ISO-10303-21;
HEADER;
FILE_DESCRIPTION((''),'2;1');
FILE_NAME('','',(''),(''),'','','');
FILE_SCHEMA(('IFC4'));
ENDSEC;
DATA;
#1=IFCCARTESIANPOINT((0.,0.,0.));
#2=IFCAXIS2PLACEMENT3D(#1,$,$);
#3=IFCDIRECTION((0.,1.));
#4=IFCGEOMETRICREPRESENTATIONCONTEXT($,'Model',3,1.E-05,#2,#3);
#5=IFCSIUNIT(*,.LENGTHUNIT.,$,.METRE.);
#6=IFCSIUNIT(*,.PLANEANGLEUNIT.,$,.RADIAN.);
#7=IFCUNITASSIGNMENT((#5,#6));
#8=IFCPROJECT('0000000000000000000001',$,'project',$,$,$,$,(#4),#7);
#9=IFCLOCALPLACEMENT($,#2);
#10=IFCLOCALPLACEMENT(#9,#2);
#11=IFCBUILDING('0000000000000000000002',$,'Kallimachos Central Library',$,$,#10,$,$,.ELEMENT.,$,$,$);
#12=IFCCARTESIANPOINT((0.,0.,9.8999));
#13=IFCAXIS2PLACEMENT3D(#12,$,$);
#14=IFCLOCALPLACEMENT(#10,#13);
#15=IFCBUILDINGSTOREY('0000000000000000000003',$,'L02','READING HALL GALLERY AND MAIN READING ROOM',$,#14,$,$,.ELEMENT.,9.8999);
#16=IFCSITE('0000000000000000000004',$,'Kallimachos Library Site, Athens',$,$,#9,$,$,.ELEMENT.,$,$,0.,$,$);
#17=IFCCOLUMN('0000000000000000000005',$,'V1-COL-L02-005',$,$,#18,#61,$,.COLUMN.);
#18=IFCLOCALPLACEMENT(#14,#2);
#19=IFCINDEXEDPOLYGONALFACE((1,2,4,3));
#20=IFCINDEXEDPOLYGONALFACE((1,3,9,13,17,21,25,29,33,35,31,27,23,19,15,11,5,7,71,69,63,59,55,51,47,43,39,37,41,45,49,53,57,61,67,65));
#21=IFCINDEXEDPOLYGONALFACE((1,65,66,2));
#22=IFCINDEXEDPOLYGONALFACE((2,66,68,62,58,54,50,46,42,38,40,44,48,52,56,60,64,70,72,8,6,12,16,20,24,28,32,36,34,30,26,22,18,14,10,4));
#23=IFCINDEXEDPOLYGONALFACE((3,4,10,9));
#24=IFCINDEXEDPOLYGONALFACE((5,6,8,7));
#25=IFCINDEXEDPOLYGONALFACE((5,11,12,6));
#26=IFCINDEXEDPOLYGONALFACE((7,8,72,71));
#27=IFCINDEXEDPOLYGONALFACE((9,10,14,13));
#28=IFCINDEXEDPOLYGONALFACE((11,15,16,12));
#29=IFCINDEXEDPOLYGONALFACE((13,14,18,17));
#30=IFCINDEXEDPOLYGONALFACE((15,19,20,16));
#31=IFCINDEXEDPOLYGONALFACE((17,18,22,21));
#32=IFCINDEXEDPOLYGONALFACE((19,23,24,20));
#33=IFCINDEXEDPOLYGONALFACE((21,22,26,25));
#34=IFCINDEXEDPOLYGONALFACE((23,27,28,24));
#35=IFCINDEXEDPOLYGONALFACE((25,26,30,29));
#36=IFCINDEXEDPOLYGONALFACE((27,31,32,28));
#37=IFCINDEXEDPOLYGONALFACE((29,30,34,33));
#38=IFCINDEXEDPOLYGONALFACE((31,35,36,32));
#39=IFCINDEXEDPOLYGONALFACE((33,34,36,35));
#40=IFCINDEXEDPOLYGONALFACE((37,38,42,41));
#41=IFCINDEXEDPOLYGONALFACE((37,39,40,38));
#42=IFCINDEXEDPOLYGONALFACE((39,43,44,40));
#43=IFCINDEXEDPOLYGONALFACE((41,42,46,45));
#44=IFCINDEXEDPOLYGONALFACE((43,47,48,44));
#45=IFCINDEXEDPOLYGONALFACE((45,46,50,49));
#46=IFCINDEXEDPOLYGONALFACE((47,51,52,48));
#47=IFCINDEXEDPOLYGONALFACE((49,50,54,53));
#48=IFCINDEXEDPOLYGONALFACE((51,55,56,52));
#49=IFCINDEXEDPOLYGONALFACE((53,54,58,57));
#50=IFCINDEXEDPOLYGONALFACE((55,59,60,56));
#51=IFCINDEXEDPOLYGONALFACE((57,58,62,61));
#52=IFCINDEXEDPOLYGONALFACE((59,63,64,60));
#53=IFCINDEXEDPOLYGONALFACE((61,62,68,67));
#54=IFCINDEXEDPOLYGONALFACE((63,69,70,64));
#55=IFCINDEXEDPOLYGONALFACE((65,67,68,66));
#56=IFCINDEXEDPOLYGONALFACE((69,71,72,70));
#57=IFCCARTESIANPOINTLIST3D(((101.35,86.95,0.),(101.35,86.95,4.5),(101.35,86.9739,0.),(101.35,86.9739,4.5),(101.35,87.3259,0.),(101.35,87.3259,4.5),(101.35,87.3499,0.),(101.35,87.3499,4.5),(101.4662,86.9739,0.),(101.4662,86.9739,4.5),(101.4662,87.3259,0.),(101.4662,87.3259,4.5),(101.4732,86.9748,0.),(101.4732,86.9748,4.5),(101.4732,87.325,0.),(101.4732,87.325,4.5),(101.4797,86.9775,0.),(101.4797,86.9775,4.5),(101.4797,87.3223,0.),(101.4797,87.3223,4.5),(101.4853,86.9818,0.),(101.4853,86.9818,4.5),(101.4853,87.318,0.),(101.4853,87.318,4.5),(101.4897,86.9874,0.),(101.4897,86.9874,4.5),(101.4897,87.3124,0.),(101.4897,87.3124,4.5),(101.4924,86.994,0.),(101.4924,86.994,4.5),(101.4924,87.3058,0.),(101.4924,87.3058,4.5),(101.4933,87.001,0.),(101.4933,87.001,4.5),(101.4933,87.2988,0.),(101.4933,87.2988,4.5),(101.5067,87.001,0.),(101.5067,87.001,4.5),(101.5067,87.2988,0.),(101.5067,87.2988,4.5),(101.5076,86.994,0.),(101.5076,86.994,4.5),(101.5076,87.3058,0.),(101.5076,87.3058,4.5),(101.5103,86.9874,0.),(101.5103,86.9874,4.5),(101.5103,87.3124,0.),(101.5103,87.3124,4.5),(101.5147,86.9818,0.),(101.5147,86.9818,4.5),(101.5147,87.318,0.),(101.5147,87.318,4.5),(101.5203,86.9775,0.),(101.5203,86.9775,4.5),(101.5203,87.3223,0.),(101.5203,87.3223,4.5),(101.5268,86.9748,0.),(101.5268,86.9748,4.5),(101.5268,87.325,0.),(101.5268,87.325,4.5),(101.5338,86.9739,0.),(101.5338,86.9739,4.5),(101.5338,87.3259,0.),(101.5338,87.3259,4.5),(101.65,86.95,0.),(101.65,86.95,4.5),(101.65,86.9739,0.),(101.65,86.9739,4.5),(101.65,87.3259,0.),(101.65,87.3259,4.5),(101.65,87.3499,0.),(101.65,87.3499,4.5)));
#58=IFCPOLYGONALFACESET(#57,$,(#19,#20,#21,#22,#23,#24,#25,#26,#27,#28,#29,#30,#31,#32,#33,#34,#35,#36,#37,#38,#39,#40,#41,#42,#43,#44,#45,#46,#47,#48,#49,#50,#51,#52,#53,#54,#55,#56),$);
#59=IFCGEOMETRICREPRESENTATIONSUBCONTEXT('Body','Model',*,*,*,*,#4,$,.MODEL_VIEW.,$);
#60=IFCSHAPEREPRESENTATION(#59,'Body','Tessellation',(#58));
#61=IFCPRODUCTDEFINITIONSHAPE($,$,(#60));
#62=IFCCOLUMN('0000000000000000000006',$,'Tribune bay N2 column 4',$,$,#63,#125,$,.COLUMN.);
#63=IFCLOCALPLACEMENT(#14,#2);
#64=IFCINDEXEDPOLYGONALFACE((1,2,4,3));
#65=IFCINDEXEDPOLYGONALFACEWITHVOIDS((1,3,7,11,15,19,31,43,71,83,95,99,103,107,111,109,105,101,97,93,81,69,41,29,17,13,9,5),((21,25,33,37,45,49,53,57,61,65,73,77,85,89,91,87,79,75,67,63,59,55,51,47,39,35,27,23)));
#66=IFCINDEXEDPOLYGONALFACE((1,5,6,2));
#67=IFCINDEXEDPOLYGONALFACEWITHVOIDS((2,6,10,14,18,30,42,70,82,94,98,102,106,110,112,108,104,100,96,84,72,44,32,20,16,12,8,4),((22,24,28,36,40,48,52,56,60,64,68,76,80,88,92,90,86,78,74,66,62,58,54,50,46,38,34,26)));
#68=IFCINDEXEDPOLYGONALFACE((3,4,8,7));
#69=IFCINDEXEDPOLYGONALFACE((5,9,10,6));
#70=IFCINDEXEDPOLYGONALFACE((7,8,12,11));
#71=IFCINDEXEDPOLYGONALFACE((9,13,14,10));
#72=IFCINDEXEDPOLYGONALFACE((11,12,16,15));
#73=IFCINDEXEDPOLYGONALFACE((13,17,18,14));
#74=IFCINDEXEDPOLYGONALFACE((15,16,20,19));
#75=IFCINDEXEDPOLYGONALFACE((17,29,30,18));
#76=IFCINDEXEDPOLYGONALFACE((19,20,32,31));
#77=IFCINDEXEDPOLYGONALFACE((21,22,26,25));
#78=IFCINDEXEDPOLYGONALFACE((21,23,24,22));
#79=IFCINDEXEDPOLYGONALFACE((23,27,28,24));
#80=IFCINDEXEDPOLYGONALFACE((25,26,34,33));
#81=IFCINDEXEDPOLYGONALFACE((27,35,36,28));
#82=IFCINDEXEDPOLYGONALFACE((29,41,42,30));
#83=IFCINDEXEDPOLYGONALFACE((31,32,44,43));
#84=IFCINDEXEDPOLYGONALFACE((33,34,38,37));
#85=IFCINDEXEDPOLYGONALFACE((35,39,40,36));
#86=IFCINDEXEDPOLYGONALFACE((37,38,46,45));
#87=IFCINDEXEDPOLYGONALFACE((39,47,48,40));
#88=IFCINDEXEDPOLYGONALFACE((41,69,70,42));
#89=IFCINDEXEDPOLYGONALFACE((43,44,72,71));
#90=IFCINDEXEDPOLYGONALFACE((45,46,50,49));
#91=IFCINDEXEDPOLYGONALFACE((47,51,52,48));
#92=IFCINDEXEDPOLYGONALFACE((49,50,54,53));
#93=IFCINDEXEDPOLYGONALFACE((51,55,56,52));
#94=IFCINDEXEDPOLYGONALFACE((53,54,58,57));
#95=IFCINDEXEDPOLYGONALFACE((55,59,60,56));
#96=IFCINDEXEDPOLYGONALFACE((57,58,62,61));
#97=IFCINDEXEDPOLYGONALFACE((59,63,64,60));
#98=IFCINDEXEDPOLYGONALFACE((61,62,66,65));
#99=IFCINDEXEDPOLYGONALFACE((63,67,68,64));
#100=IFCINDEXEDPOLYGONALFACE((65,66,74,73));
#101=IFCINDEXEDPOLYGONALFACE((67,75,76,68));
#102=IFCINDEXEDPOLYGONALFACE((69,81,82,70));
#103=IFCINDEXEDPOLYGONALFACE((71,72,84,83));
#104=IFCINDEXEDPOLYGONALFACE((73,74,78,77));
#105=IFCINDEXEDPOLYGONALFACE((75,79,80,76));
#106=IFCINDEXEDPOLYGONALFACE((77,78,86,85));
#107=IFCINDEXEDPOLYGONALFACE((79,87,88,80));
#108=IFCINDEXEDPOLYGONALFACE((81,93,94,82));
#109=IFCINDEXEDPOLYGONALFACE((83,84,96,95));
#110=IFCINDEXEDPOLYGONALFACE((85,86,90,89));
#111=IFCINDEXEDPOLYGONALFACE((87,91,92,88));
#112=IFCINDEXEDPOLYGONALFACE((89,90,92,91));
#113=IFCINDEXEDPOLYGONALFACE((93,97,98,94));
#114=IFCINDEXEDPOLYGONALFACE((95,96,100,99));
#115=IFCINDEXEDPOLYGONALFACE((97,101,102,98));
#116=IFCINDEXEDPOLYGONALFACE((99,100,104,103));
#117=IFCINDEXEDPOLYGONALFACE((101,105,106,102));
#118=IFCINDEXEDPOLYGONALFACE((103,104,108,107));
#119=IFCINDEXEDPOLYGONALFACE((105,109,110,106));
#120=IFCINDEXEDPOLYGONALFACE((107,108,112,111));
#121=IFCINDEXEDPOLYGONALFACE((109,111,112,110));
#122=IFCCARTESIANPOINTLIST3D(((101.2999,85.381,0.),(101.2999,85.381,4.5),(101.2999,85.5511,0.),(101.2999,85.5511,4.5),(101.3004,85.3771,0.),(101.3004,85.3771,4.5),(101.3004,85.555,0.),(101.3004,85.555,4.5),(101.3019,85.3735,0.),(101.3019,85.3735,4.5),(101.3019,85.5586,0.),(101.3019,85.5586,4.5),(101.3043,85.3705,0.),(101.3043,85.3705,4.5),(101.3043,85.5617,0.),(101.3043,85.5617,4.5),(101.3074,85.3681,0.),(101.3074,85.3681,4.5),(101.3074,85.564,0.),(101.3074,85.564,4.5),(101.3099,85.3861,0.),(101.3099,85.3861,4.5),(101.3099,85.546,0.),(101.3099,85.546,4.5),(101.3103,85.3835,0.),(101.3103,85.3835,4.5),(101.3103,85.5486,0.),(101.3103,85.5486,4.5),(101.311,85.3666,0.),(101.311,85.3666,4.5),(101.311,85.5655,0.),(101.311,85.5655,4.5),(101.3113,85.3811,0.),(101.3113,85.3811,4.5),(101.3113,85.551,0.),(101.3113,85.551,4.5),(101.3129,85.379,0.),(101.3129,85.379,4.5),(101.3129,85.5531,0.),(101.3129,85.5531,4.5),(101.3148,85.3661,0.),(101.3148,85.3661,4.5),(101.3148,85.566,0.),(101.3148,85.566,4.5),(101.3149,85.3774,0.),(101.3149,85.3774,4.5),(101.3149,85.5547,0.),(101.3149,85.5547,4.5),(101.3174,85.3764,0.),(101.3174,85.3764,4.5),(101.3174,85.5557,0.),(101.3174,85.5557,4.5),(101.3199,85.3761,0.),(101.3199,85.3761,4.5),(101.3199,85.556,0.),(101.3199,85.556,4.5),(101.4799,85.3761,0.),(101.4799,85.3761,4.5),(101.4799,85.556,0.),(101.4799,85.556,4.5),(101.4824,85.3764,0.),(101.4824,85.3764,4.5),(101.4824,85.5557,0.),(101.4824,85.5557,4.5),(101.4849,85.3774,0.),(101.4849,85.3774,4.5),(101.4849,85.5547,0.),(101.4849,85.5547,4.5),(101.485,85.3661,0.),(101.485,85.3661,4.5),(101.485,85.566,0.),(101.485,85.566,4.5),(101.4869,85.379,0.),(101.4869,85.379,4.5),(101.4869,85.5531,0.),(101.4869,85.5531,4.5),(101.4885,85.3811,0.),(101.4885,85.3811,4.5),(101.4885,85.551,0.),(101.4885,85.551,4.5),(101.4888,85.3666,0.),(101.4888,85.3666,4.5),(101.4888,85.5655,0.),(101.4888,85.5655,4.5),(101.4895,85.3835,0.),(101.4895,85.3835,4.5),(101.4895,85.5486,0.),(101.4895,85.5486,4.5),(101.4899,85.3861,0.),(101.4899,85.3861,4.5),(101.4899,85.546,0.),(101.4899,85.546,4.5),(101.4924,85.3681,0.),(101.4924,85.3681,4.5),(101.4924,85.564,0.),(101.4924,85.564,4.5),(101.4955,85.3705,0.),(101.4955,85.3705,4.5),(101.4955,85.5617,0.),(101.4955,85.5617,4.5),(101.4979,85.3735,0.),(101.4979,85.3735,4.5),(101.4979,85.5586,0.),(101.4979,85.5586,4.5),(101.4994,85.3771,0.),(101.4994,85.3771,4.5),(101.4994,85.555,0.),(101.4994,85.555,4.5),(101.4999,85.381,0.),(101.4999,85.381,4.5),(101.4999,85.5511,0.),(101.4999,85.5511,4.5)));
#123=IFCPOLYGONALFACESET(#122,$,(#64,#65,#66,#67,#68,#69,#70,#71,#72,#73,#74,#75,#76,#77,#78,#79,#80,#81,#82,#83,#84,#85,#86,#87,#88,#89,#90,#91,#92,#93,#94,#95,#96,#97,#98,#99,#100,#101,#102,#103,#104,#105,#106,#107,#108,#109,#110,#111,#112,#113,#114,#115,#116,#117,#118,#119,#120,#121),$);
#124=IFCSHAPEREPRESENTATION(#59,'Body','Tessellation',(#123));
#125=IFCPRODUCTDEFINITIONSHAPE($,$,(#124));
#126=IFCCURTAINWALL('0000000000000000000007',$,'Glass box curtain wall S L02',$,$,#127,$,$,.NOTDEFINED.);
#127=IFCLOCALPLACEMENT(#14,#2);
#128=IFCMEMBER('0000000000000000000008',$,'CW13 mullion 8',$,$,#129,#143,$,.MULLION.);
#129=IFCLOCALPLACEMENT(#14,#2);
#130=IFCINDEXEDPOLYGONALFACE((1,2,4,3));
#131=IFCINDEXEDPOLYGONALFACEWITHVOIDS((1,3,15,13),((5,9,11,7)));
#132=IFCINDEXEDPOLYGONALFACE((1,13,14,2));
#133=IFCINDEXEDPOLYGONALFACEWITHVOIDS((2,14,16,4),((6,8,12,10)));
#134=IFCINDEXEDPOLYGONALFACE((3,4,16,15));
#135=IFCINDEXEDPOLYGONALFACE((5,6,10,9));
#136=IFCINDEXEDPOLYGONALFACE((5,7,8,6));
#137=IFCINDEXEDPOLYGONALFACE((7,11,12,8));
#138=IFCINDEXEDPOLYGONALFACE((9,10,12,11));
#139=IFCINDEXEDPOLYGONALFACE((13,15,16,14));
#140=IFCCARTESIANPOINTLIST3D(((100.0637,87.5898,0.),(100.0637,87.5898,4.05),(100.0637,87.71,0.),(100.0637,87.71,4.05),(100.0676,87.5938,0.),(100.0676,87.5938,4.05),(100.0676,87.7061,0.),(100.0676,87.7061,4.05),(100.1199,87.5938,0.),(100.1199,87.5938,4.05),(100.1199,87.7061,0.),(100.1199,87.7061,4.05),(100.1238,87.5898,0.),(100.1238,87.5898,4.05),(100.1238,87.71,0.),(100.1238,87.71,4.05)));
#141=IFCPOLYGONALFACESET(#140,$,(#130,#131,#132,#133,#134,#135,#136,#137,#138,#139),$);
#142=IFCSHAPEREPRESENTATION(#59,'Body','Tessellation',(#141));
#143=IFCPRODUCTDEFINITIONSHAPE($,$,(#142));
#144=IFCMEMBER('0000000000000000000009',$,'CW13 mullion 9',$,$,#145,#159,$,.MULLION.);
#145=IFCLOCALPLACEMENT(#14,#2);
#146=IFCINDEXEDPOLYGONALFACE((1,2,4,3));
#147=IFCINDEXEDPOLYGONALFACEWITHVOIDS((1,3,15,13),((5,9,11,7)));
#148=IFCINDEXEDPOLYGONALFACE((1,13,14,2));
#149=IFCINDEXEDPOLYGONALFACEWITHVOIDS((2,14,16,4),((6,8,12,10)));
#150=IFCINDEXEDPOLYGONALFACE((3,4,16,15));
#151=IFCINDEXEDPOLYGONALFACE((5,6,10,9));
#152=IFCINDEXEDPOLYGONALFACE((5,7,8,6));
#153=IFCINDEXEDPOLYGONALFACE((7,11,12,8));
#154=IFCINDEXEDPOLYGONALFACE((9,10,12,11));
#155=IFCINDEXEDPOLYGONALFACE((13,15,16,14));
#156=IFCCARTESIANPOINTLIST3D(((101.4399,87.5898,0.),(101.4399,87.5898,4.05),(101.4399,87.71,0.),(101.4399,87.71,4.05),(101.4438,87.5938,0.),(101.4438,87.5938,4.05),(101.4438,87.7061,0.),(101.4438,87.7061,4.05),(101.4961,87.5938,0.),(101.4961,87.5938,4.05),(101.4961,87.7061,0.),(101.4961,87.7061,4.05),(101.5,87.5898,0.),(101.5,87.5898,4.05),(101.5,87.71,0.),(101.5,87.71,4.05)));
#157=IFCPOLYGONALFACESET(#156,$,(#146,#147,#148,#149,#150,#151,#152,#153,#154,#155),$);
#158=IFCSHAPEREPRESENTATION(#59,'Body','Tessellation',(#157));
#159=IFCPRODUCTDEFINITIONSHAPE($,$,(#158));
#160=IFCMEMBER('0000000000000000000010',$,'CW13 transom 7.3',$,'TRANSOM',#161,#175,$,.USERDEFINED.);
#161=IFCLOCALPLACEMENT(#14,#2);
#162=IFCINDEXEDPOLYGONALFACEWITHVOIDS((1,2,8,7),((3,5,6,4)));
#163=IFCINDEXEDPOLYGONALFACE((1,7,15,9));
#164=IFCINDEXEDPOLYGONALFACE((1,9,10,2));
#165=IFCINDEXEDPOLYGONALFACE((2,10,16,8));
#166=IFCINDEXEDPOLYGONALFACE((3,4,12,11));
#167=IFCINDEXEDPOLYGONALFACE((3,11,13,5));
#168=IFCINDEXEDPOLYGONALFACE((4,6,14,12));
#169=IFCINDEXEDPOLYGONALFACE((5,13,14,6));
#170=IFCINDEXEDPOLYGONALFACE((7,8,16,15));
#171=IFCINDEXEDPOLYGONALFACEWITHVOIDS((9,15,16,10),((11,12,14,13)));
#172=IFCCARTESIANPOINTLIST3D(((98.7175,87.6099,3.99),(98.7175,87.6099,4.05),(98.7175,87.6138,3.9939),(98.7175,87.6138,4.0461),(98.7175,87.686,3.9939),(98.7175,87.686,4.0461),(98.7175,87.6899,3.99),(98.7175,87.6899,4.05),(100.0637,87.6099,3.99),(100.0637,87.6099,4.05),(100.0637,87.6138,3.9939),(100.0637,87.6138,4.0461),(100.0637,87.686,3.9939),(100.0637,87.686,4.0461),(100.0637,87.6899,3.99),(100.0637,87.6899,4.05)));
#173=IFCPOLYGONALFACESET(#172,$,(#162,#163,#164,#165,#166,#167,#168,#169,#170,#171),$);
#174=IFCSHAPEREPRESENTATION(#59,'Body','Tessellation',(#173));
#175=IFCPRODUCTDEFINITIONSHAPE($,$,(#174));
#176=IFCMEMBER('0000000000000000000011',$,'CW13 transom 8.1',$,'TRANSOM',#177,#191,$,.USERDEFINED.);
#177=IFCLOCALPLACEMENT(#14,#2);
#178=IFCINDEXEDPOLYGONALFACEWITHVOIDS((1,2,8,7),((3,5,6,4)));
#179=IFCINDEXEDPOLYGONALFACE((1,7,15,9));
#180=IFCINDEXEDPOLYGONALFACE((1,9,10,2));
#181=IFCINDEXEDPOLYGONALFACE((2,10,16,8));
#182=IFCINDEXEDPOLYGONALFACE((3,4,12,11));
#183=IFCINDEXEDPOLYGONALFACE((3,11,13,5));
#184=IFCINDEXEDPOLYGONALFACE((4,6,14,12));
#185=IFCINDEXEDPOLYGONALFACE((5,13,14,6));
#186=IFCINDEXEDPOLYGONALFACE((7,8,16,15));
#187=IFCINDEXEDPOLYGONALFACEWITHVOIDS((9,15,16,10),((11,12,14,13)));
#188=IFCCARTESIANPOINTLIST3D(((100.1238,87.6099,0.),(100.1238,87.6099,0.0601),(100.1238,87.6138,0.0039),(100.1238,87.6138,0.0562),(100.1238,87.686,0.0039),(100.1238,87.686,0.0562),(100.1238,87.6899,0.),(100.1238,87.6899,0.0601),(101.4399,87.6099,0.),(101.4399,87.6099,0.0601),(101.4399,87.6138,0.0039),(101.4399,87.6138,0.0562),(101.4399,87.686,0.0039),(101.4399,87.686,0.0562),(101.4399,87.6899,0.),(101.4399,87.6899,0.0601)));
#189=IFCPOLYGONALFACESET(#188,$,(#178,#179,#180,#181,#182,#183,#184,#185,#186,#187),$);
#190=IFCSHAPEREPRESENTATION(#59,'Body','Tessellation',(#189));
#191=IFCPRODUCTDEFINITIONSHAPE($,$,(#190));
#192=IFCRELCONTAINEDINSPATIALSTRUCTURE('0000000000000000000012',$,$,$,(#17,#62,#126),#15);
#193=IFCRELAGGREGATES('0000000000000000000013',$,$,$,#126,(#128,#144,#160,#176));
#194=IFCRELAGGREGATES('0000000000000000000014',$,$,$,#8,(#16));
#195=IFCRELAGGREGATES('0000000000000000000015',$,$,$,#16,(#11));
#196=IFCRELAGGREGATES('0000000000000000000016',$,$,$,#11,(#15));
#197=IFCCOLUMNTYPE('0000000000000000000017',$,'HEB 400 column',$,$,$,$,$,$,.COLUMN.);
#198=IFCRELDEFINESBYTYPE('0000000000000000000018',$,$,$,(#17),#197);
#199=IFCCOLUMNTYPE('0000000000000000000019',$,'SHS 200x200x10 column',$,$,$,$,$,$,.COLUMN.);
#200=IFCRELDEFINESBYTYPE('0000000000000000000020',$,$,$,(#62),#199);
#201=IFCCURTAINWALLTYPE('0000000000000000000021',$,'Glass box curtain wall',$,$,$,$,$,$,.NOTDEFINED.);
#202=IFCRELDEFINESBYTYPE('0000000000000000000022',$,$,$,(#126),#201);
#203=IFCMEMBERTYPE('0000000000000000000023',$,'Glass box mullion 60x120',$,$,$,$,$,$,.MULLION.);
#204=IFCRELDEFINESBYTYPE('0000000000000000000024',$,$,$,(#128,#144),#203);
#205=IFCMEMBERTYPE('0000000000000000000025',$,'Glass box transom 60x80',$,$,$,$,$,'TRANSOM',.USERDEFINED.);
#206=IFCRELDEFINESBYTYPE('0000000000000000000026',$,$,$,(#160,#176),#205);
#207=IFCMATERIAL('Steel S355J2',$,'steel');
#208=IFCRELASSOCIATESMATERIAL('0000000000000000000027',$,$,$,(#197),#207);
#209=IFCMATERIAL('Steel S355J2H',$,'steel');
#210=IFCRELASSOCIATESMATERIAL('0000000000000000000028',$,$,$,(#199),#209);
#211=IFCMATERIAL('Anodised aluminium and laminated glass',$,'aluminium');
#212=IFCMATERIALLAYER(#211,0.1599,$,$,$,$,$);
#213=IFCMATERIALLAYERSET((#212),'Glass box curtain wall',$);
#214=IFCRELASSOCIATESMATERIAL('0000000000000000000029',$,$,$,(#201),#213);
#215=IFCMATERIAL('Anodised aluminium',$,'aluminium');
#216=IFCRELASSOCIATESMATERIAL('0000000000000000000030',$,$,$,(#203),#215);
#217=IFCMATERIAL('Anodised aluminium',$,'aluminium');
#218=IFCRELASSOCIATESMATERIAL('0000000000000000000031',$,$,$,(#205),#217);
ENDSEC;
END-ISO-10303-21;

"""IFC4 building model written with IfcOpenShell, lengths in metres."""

from ifc_helpers import new_model, si_unit, direction, frame, origin, origin_2d, place, context, subcontext, project, spatial, hollow_rectangle, i_section, extrude, material, layer, layer_set, material_profile, profile_set, type_object, element, aggregate, save


model = new_model("IFC4")

# Units and contexts
model_context = context("Model", 3, precision=1e-05, world=origin(), true_north=direction((0.0, 1.0)))
body_context = subcontext(model_context, "Body", "Model", "MODEL_VIEW")
ifc_project = project(units=[si_unit("LENGTHUNIT", "METRE"), si_unit("PLANEANGLEUNIT", "RADIAN")], contexts=[model_context])

# Site, building, storey
site_placement = place(None, origin())
site = spatial("IfcSite", under=ifc_project, at=site_placement, Name="Kallimachos Library Site, Athens", CompositionType="ELEMENT", RefElevation=0.0)
building_placement = place(site_placement, origin())
building = spatial("IfcBuilding", under=site, at=building_placement, Name="Kallimachos Central Library", CompositionType="ELEMENT")
storey_placement = place(building_placement, frame((0.0, 0.0, 9.8999)))
storey = spatial("IfcBuildingStorey", under=building, at=storey_placement, Name="L02", Description="READING HALL GALLERY AND MAIN READING ROOM", CompositionType="ELEMENT", Elevation=9.8999)

# Columns
ifc_material_1 = material(Name="Steel S355J2", Category="steel")
ifc_material_profile_1 = material_profile(ifc_material_1, i_section(OverallWidth=0.3, OverallDepth=0.3999, WebThickness=0.0134, FlangeThickness=0.0239, FilletRadius=0.0271, at=origin_2d()), Name="HEB 400")
ifc_profile_set_1 = profile_set([ifc_material_profile_1], Name="Steel S355J2")
column_type_1 = type_object("IfcColumnType", Name="HEB 400 column", PredefinedType="COLUMN", material=ifc_profile_set_1)
column_1_placement = place(storey_placement, frame((101.5, 87.1499, 0.0), z_axis=(0.0, 0.0, 1.0), x_axis=(1.0, 0.0, 0.0)))
element("IfcColumn", 1, at=column_1_placement, inside=storey, type_object=column_type_1, Name="V1-COL-L02-005", PredefinedType="COLUMN", context=body_context, shape_type="SweptSolid", body=[
    extrude(i_section(OverallWidth=0.3, OverallDepth=0.3999, WebThickness=0.0134, FlangeThickness=0.0239, FilletRadius=0.0271, at=origin_2d()), origin(), (0.0, 0.0, 1.0), 4.5),
])
ifc_material_2 = material(Name="Steel S355J2H", Category="steel")
ifc_material_profile_2 = material_profile(ifc_material_2, hollow_rectangle(XDim=0.2, YDim=0.2, WallThickness=0.01, InnerFilletRadius=0.01, OuterFilletRadius=0.0149, at=origin_2d()), Name="SHS 200x200x10")
ifc_profile_set_2 = profile_set([ifc_material_profile_2], Name="Steel S355J2H")
column_type_2 = type_object("IfcColumnType", Name="SHS 200x200x10 column", PredefinedType="COLUMN", material=ifc_profile_set_2)
column_2_placement = place(storey_placement, frame((101.3999, 85.4661, 0.0), z_axis=(0.0, 0.0, 1.0), x_axis=(1.0, 0.0, 0.0)))
element("IfcColumn", 2, at=column_2_placement, inside=storey, type_object=column_type_2, Name="Tribune bay N2 column 4", PredefinedType="COLUMN", context=body_context, shape_type="SweptSolid", body=[
    extrude(hollow_rectangle(XDim=0.2, YDim=0.2, WallThickness=0.01, InnerFilletRadius=0.01, OuterFilletRadius=0.0149, at=origin_2d()), origin(), (0.0, 0.0, 1.0), 4.5),
])

# Curtain wall, members
ifc_material_3 = material(Name="Anodised aluminium and laminated glass", Category="aluminium")
ifc_layer_1 = layer(ifc_material_3, 0.1599)
ifc_layer_set_1 = layer_set([ifc_layer_1], Name="Glass box curtain wall")
curtain_wall_type_1 = type_object("IfcCurtainWallType", Name="Glass box curtain wall", PredefinedType="NOTDEFINED", material=ifc_layer_set_1)
curtain_wall_1_placement = place(storey_placement, origin())
curtain_wall_1 = element("IfcCurtainWall", 3, at=curtain_wall_1_placement, inside=storey, type_object=curtain_wall_type_1, Name="Glass box curtain wall S L02", PredefinedType="NOTDEFINED")
ifc_material_4 = material(Name="Anodised aluminium", Category="aluminium")
ifc_material_profile_3 = material_profile(ifc_material_4, hollow_rectangle(XDim=0.0601, YDim=0.1201, WallThickness=0.0039, at=origin_2d()), Name="ALU MULLION 60x120")
ifc_profile_set_3 = profile_set([ifc_material_profile_3], Name="Anodised aluminium")
member_type_1 = type_object("IfcMemberType", Name="Glass box mullion 60x120", PredefinedType="MULLION", material=ifc_profile_set_3)
member_1_placement = place(storey_placement, frame((100.0938, 87.6499, 0.0), z_axis=(0.0, 0.0, 1.0), x_axis=(1.0, 0.0, 0.0)))
member_1 = element("IfcMember", 4, at=member_1_placement, type_object=member_type_1, Name="CW13 mullion 8", PredefinedType="MULLION", context=body_context, shape_type="SweptSolid", body=[
    extrude(hollow_rectangle(XDim=0.0601, YDim=0.1201, WallThickness=0.0039, at=origin_2d()), origin(), (0.0, 0.0, 1.0), 4.05),
])
member_2_placement = place(storey_placement, frame((101.47, 87.6499, 0.0), z_axis=(0.0, 0.0, 1.0), x_axis=(1.0, 0.0, 0.0)))
member_2 = element("IfcMember", 5, at=member_2_placement, type_object=member_type_1, Name="CW13 mullion 9", PredefinedType="MULLION", context=body_context, shape_type="SweptSolid", body=[
    extrude(hollow_rectangle(XDim=0.0601, YDim=0.1201, WallThickness=0.0039, at=origin_2d()), origin(), (0.0, 0.0, 1.0), 4.05),
])
ifc_material_5 = material(Name="Anodised aluminium", Category="aluminium")
ifc_material_profile_4 = material_profile(ifc_material_5, hollow_rectangle(XDim=0.0601, YDim=0.0801, WallThickness=0.0039, at=origin_2d()), Name="ALU TRANSOM 60x80")
ifc_profile_set_4 = profile_set([ifc_material_profile_4], Name="Anodised aluminium")
member_type_2 = type_object("IfcMemberType", Name="Glass box transom 60x80", ElementType="TRANSOM", PredefinedType="USERDEFINED", material=ifc_profile_set_4)
member_3_placement = place(storey_placement, frame((98.7175, 87.6499, 4.02), z_axis=(1.0, 0.0, 0.0), x_axis=(0.0, 0.0, 1.0)))
member_3 = element("IfcMember", 6, at=member_3_placement, type_object=member_type_2, Name="CW13 transom 7.3", ObjectType="TRANSOM", PredefinedType="USERDEFINED", context=body_context, shape_type="SweptSolid", body=[
    extrude(hollow_rectangle(XDim=0.0601, YDim=0.0801, WallThickness=0.0039, at=origin_2d()), origin(), (0.0, 0.0, 1.0), 1.3462),
])
member_4_placement = place(storey_placement, frame((100.1238, 87.6499, 0.03), z_axis=(1.0, 0.0, 0.0), x_axis=(0.0, 0.0, 1.0)))
member_4 = element("IfcMember", 7, at=member_4_placement, type_object=member_type_2, Name="CW13 transom 8.1", ObjectType="TRANSOM", PredefinedType="USERDEFINED", context=body_context, shape_type="SweptSolid", body=[
    extrude(hollow_rectangle(XDim=0.0601, YDim=0.0801, WallThickness=0.0039, at=origin_2d()), origin(), (0.0, 0.0, 1.0), 1.3162),
])

aggregate(curtain_wall_1, [member_1, member_2, member_3, member_4])

save(model, "model.ifc")
